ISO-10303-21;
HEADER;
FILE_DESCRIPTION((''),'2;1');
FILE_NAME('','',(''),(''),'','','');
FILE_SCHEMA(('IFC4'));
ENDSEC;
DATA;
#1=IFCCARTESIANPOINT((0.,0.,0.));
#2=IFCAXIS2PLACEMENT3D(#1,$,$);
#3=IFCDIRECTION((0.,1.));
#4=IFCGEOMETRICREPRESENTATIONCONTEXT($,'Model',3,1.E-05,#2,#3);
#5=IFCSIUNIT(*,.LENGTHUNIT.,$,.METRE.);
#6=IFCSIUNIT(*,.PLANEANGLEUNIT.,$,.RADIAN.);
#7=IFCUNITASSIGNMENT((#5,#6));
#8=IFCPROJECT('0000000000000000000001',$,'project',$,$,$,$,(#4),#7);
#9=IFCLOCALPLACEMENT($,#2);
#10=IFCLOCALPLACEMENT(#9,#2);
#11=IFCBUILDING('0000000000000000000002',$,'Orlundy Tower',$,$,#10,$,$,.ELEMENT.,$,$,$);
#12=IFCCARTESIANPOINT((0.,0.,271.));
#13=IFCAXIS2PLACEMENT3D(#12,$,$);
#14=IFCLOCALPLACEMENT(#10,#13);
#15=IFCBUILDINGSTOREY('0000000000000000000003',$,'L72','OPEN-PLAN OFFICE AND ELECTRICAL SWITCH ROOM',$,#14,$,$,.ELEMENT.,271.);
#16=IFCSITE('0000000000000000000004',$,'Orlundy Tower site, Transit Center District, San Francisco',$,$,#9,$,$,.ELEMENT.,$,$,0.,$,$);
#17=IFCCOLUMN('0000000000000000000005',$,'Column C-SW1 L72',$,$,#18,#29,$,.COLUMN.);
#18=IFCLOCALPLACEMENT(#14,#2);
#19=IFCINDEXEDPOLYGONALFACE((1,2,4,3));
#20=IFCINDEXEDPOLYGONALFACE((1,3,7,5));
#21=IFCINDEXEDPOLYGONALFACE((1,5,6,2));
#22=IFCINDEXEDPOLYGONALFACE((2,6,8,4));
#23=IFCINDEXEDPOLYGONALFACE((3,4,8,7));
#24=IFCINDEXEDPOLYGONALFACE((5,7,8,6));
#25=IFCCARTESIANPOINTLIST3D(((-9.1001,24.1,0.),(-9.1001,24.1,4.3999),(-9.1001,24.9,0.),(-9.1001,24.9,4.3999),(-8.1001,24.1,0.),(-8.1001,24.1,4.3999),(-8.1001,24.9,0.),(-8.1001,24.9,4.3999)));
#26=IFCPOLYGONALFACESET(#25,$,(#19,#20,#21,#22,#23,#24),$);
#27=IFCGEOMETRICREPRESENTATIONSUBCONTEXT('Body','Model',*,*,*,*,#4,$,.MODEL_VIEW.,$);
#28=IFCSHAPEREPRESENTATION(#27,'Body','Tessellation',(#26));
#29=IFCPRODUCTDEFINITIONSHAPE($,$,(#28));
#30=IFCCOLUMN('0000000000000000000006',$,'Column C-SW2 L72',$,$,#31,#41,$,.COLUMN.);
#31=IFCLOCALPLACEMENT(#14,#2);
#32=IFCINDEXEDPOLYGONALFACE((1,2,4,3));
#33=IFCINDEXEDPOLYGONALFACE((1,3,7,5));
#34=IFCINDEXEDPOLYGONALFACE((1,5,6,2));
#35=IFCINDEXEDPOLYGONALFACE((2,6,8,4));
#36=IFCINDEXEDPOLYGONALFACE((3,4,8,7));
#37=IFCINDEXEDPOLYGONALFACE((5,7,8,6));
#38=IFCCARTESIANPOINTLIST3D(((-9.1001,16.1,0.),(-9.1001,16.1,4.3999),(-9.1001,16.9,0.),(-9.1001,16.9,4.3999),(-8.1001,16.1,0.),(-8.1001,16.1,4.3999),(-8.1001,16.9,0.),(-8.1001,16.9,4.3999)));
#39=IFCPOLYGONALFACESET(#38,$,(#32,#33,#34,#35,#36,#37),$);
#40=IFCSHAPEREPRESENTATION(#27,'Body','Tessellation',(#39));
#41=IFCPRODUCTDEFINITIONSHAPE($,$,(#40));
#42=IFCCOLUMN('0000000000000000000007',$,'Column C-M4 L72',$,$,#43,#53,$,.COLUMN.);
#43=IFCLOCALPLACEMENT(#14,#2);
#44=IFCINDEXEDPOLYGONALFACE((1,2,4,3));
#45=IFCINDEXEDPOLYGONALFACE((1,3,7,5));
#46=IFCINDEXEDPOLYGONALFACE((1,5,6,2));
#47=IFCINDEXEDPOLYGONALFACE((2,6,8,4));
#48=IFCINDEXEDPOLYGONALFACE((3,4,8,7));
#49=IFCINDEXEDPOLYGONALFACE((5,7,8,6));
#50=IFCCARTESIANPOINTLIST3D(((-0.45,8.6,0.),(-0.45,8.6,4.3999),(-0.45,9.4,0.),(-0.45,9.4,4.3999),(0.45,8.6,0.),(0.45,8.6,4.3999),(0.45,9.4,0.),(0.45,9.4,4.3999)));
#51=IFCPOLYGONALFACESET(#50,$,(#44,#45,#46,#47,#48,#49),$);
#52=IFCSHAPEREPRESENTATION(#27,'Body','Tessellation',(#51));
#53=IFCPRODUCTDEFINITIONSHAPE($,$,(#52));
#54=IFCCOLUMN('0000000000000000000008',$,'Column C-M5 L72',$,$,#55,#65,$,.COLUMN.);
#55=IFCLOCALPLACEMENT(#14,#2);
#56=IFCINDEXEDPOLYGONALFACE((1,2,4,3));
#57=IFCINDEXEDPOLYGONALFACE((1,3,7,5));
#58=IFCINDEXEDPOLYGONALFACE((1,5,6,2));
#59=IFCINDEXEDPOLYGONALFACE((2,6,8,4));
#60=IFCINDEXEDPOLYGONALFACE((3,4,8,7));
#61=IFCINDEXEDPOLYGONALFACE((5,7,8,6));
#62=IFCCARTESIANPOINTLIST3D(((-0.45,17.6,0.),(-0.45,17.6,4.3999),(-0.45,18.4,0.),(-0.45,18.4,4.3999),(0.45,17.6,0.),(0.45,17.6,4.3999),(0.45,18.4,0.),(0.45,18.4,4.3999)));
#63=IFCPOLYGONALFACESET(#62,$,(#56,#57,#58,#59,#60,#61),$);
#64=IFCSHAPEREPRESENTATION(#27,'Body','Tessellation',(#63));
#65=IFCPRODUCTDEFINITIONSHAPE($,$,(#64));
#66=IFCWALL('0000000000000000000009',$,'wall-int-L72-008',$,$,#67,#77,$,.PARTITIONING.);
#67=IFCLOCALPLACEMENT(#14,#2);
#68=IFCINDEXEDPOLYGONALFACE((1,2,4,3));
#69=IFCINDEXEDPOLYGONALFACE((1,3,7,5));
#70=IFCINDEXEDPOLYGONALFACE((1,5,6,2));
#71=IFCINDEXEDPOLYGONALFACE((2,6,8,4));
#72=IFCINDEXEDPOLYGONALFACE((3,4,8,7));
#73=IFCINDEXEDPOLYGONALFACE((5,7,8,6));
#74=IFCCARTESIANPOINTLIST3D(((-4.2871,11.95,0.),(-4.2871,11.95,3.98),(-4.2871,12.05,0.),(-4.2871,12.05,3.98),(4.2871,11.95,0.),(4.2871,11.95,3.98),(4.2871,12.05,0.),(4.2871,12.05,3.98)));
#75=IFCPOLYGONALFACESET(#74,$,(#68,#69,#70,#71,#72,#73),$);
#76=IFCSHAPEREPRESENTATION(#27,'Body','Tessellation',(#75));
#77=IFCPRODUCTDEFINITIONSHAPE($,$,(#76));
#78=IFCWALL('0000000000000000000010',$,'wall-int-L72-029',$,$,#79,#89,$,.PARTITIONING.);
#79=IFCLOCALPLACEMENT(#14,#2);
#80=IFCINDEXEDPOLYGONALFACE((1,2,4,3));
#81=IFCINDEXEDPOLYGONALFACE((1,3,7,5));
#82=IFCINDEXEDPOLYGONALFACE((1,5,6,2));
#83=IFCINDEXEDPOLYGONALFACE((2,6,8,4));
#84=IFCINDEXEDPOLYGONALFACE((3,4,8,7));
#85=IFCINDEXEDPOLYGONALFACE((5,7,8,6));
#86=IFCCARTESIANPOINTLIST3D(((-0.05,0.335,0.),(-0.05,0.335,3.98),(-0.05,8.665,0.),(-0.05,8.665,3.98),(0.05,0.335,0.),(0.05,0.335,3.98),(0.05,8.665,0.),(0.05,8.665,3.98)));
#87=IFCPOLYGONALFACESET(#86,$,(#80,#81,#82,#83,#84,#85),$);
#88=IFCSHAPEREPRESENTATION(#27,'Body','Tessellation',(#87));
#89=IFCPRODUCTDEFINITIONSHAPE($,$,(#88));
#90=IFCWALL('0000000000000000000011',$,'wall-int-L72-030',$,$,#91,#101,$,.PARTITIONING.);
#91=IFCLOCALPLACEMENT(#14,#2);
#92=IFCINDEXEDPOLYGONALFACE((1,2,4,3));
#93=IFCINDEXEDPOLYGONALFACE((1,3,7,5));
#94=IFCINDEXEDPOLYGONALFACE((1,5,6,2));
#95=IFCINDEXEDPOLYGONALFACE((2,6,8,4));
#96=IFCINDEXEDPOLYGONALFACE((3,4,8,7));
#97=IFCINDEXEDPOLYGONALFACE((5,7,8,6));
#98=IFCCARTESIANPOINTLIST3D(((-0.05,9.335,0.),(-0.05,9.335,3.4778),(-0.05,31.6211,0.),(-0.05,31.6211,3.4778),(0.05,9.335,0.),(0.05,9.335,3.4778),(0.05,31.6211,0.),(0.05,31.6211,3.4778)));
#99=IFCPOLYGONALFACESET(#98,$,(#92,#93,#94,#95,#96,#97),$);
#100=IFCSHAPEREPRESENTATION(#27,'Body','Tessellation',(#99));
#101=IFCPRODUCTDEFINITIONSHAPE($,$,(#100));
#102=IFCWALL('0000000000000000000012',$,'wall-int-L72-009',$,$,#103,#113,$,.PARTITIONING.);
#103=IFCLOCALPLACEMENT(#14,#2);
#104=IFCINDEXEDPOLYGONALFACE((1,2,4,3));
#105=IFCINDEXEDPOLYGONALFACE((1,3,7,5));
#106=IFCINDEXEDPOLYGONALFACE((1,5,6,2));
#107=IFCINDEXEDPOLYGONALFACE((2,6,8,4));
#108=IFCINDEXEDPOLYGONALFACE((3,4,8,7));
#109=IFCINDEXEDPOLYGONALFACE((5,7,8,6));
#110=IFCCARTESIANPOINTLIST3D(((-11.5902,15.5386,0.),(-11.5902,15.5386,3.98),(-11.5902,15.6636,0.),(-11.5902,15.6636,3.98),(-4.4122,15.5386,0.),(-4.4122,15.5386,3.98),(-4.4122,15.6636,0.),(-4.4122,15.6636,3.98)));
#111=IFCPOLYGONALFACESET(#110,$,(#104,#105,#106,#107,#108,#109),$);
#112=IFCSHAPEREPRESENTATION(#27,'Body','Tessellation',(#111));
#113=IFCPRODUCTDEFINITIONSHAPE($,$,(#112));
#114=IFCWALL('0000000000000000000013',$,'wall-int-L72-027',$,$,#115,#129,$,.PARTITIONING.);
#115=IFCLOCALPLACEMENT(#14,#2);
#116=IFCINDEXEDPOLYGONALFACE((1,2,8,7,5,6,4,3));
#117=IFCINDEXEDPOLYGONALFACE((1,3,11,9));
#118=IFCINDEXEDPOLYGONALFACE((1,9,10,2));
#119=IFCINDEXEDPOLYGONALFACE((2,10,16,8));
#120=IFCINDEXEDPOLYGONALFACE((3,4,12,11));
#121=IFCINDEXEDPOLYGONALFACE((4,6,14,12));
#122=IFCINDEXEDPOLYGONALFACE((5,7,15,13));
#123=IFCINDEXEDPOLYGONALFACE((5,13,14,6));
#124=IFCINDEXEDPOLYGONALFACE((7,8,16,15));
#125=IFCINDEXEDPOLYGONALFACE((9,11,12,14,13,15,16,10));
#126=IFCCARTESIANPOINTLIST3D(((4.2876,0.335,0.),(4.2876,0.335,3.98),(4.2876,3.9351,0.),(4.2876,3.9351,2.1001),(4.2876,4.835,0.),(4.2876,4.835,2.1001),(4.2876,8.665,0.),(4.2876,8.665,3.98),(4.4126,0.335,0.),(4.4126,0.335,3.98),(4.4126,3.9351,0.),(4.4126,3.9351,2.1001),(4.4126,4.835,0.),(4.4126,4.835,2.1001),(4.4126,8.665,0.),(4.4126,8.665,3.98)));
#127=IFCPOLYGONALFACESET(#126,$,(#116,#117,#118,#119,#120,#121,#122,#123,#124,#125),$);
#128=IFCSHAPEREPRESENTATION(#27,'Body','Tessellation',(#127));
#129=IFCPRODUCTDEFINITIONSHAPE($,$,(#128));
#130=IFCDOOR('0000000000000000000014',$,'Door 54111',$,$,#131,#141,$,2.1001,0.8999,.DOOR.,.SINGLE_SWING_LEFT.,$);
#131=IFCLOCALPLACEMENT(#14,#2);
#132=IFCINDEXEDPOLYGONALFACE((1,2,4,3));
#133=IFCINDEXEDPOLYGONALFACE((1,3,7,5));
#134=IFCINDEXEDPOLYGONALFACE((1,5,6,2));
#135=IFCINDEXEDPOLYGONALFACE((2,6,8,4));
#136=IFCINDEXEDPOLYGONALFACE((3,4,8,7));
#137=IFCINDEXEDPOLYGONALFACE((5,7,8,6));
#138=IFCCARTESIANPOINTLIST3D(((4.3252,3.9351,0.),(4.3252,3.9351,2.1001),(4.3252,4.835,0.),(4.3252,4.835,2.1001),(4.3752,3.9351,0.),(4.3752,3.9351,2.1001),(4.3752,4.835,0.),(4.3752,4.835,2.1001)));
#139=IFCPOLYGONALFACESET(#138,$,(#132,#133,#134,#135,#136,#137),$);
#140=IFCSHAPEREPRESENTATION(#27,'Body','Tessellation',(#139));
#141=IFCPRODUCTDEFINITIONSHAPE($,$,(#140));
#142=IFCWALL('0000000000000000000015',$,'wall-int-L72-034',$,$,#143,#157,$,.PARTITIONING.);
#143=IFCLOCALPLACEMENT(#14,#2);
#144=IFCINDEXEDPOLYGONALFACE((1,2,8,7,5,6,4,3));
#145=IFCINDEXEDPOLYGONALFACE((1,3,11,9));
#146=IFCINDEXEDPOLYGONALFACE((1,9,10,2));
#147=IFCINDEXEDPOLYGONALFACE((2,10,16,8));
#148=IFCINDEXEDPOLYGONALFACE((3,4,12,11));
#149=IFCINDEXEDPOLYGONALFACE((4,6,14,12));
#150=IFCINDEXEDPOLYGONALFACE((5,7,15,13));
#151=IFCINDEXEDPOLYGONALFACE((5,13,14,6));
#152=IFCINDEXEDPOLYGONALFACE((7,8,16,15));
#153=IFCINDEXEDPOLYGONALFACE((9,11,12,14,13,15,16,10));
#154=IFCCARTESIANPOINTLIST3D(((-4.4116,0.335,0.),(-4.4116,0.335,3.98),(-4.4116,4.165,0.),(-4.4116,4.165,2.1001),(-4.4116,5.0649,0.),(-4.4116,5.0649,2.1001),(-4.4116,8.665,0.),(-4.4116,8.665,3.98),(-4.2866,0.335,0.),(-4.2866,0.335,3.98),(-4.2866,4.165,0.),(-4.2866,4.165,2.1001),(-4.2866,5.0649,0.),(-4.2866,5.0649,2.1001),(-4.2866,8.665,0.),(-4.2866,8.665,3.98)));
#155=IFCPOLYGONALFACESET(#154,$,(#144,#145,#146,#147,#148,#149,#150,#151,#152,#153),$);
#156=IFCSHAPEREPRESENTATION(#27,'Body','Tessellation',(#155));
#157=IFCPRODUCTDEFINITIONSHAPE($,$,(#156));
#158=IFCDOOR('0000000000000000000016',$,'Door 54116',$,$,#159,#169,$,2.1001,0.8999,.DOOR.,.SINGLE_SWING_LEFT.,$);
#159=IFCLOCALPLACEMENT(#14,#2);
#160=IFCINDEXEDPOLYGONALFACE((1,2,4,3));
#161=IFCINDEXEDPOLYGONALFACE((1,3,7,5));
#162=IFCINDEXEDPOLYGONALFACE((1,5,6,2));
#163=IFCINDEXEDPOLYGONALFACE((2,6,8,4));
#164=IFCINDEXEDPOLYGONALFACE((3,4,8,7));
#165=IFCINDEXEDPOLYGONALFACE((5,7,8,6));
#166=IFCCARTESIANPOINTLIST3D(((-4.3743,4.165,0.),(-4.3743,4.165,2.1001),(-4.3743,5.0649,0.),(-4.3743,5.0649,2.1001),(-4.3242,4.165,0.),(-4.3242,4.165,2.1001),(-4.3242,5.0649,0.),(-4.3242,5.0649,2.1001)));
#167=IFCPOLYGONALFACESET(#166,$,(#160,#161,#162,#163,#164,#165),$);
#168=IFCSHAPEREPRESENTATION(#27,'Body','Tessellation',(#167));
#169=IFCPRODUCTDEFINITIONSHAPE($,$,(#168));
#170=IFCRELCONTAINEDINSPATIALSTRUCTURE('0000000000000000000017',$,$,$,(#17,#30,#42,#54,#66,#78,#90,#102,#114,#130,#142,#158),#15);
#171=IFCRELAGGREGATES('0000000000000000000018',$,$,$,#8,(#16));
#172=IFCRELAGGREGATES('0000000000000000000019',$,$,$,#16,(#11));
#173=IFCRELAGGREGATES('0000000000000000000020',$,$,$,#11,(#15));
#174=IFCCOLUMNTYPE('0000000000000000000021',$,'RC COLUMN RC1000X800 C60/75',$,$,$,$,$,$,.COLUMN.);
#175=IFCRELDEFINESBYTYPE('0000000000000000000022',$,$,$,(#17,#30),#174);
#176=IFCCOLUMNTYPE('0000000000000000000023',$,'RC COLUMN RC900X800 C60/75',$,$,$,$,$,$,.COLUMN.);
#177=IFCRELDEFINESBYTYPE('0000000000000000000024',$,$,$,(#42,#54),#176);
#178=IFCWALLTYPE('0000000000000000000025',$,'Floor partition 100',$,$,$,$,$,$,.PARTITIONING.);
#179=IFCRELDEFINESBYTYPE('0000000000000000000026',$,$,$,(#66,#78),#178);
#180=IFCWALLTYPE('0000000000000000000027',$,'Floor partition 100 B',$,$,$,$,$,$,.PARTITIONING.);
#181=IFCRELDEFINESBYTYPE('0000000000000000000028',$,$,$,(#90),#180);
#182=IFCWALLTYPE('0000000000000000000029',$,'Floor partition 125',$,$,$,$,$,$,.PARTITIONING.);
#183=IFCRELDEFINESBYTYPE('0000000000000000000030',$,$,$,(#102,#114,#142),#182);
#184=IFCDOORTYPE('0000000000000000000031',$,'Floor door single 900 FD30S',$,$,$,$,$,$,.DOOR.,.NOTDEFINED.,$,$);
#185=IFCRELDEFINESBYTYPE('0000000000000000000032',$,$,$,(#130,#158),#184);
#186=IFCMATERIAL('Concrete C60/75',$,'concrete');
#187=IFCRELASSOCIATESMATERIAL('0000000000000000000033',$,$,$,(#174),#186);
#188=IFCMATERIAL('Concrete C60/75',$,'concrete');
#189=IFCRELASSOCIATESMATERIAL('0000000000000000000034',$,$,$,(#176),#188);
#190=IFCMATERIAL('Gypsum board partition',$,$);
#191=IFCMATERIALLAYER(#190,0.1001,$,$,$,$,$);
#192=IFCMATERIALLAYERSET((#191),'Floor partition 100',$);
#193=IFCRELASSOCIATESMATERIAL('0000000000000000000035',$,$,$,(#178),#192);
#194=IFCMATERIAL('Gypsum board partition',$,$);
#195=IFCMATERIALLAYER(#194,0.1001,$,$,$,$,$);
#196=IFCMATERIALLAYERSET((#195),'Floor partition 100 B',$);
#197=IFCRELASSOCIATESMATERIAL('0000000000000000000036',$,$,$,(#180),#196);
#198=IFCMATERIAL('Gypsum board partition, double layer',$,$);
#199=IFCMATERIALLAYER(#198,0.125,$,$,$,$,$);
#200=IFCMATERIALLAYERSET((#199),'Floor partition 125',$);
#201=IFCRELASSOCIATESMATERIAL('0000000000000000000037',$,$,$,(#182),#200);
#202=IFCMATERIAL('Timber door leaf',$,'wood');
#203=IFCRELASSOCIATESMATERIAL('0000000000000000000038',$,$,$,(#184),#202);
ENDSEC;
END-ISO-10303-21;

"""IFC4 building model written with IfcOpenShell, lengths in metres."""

from ifc_helpers import new_model, si_unit, direction, frame, frame_2d, origin, origin_2d, place, context, subcontext, project, spatial, rectangle, extrude, material, layer, layer_set, material_profile, profile_set, type_object, element, fill, save


model = new_model("IFC4")

# Units and contexts
model_context = context("Model", 3, precision=1e-05, world=origin(), true_north=direction((0.0, 1.0)))
body_context = subcontext(model_context, "Body", "Model", "MODEL_VIEW")
ifc_project = project(units=[si_unit("LENGTHUNIT", "METRE"), si_unit("PLANEANGLEUNIT", "RADIAN")], contexts=[model_context])

# Site, building, storey
site_placement = place(None, origin())
site = spatial("IfcSite", under=ifc_project, at=site_placement, Name="Orlundy Tower site, Transit Center District, San Francisco", CompositionType="ELEMENT", RefElevation=0.0)
building_placement = place(site_placement, origin())
building = spatial("IfcBuilding", under=site, at=building_placement, Name="Orlundy Tower", CompositionType="ELEMENT")
storey_placement = place(building_placement, frame((0.0, 0.0, 271.0)))
storey = spatial("IfcBuildingStorey", under=building, at=storey_placement, Name="L72", Description="OPEN-PLAN OFFICE AND ELECTRICAL SWITCH ROOM", CompositionType="ELEMENT", Elevation=271.0)

# Columns
ifc_material_1 = material(Name="Concrete C60/75", Category="concrete")
ifc_material_profile_1 = material_profile(ifc_material_1, rectangle(XDim=1.0, YDim=0.8, at=origin_2d()), Name="RC1000X800")
ifc_profile_set_1 = profile_set([ifc_material_profile_1], Name="Concrete C60/75")
column_type_1 = type_object("IfcColumnType", Name="RC COLUMN RC1000X800 C60/75", PredefinedType="COLUMN", material=ifc_profile_set_1)
for number, where, z_axis, x_axis, name in (
    (1, (-8.6001, 24.5, 0.0), (0.0, 0.0, 1.0), (1.0, 0.0, 0.0), "Column C-SW1 L72"),
    (2, (-8.6001, 16.5, 0.0), (0.0, 0.0, 1.0), (1.0, 0.0, 0.0), "Column C-SW2 L72"),
):
    element("IfcColumn", number, at=place(storey_placement, frame(where, z_axis=z_axis, x_axis=x_axis)), inside=storey, type_object=column_type_1, Name=name, PredefinedType="COLUMN", context=body_context, shape_type="SweptSolid", body=[
        extrude(rectangle(XDim=1.0, YDim=0.8, at=origin_2d()), origin(), (0.0, 0.0, 1.0), 4.3999),
    ])
ifc_material_2 = material(Name="Concrete C60/75", Category="concrete")
ifc_material_profile_2 = material_profile(ifc_material_2, rectangle(XDim=0.8999, YDim=0.8, at=origin_2d()), Name="RC900X800")
ifc_profile_set_2 = profile_set([ifc_material_profile_2], Name="Concrete C60/75")
column_type_2 = type_object("IfcColumnType", Name="RC COLUMN RC900X800 C60/75", PredefinedType="COLUMN", material=ifc_profile_set_2)
for number, where, z_axis, x_axis, name in (
    (3, (0.0, 9.0, 0.0), (0.0, 0.0, 1.0), (1.0, 0.0, 0.0), "Column C-M4 L72"),
    (4, (0.0, 18.0, 0.0), (0.0, 0.0, 1.0), (1.0, 0.0, 0.0), "Column C-M5 L72"),
):
    element("IfcColumn", number, at=place(storey_placement, frame(where, z_axis=z_axis, x_axis=x_axis)), inside=storey, type_object=column_type_2, Name=name, PredefinedType="COLUMN", context=body_context, shape_type="SweptSolid", body=[
        extrude(rectangle(XDim=0.8999, YDim=0.8, at=origin_2d()), origin(), (0.0, 0.0, 1.0), 4.3999),
    ])

# Walls
ifc_material_3 = material(Name="Gypsum board partition")
ifc_layer_1 = layer(ifc_material_3, 0.1001)
ifc_layer_set_1 = layer_set([ifc_layer_1], Name="Floor partition 100")
wall_type_1 = type_object("IfcWallType", Name="Floor partition 100", PredefinedType="PARTITIONING", material=ifc_layer_set_1)
wall_1_placement = place(storey_placement, frame((-4.2871, 12.0, 0.0), z_axis=(0.0, 0.0, 1.0), x_axis=(1.0, 0.0, 0.0)))
element("IfcWall", 5, at=wall_1_placement, inside=storey, type_object=wall_type_1, Name="wall-int-L72-008", PredefinedType="PARTITIONING", context=body_context, shape_type="SweptSolid", body=[
    extrude(rectangle(XDim=8.5742, YDim=0.1001, at=frame_2d((4.2871, 0.0))), origin(), (0.0, 0.0, 1.0), 3.98),
])
wall_2_placement = place(storey_placement, frame((0.0, 0.335, 0.0), z_axis=(0.0, 0.0, 1.0), x_axis=(0.0, 1.0, 0.0)))
element("IfcWall", 6, at=wall_2_placement, inside=storey, type_object=wall_type_1, Name="wall-int-L72-029", PredefinedType="PARTITIONING", context=body_context, shape_type="SweptSolid", body=[
    extrude(rectangle(XDim=8.3301, YDim=0.1001, at=frame_2d((4.165, 0.0))), origin(), (0.0, 0.0, 1.0), 3.98),
])
ifc_material_4 = material(Name="Gypsum board partition")
ifc_layer_2 = layer(ifc_material_4, 0.1001)
ifc_layer_set_2 = layer_set([ifc_layer_2], Name="Floor partition 100 B")
wall_type_2 = type_object("IfcWallType", Name="Floor partition 100 B", PredefinedType="PARTITIONING", material=ifc_layer_set_2)
wall_3_placement = place(storey_placement, frame((0.0, 9.335, 0.0), z_axis=(0.0, 0.0, 1.0), x_axis=(0.0, 1.0, 0.0)))
element("IfcWall", 7, at=wall_3_placement, inside=storey, type_object=wall_type_2, Name="wall-int-L72-030", PredefinedType="PARTITIONING", context=body_context, shape_type="SweptSolid", body=[
    extrude(rectangle(XDim=22.2861, YDim=0.1001, at=frame_2d((11.1431, 0.0))), origin(), (0.0, 0.0, 1.0), 3.4778),
])
ifc_material_5 = material(Name="Gypsum board partition, double layer")
ifc_layer_3 = layer(ifc_material_5, 0.125)
ifc_layer_set_3 = layer_set([ifc_layer_3], Name="Floor partition 125")
wall_type_3 = type_object("IfcWallType", Name="Floor partition 125", PredefinedType="PARTITIONING", material=ifc_layer_set_3)
wall_4_placement = place(storey_placement, frame((-11.5901, 15.6011, 0.0), z_axis=(0.0, 0.0, 1.0), x_axis=(1.0, 0.0, 0.0)))
element("IfcWall", 8, at=wall_4_placement, inside=storey, type_object=wall_type_3, Name="wall-int-L72-009", PredefinedType="PARTITIONING", context=body_context, shape_type="SweptSolid", body=[
    extrude(rectangle(XDim=7.178, YDim=0.125, at=frame_2d((3.5889, 0.0))), origin(), (0.0, 0.0, 1.0), 3.98),
])

# Walls, openings, doors
wall_5_placement = place(storey_placement, frame((4.3501, 0.335, 0.0), z_axis=(0.0, 0.0, 1.0), x_axis=(0.0, 1.0, 0.0)))
wall_5 = element("IfcWall", 9, at=wall_5_placement, inside=storey, type_object=wall_type_3, Name="wall-int-L72-027", PredefinedType="PARTITIONING", context=body_context, shape_type="SweptSolid", body=[
    extrude(rectangle(XDim=8.3301, YDim=0.125, at=frame_2d((4.165, 0.0))), origin(), (0.0, 0.0, 1.0), 3.98),
])
opening_1_placement = place(wall_5_placement, frame((3.6001, 0.0, 0.0)))
opening_1 = element("IfcOpeningElement", 10, at=opening_1_placement, cuts=wall_5, PredefinedType="OPENING", context=body_context, shape_type="SweptSolid", body=[
    extrude(rectangle(XDim=0.8999, YDim=2.1001, at=frame_2d((0.45, 1.05))), frame((0.0, 0.0725, 0.0), z_axis=(0.0, -1.0, 0.0), x_axis=(1.0, 0.0, 0.0)), (0.0, 0.0, 1.0), 0.145),
])
ifc_material_6 = material(Name="Timber door leaf", Category="wood")
door_type_1 = type_object("IfcDoorType", Name="Floor door single 900 FD30S", OperationType="NOTDEFINED", PredefinedType="DOOR", material=ifc_material_6)
door_1_placement = place(opening_1_placement, origin())
door_1 = element("IfcDoor", 11, at=door_1_placement, inside=storey, type_object=door_type_1, Name="Door 54111", OperationType="SINGLE_SWING_LEFT", OverallHeight=2.1001, OverallWidth=0.8999, PredefinedType="DOOR", context=body_context, shape_type="SweptSolid", body=[
    extrude(rectangle(XDim=0.8999, YDim=2.1001, at=frame_2d((0.45, 1.05))), frame((0.0, 0.0249, 0.0), z_axis=(0.0, -1.0, 0.0), x_axis=(1.0, 0.0, 0.0)), (0.0, 0.0, 1.0), 0.05),
])
fill(opening_1, door_1)
wall_6_placement = place(storey_placement, frame((-4.3491, 8.665, 0.0), z_axis=(0.0, 0.0, 1.0), x_axis=(0.0, -1.0, 0.0)))
wall_6 = element("IfcWall", 12, at=wall_6_placement, inside=storey, type_object=wall_type_3, Name="wall-int-L72-034", PredefinedType="PARTITIONING", context=body_context, shape_type="SweptSolid", body=[
    extrude(rectangle(XDim=8.3301, YDim=0.125, at=frame_2d((4.165, 0.0))), origin(), (0.0, 0.0, 1.0), 3.98),
])
opening_2_placement = place(wall_6_placement, frame((3.6001, 0.0, 0.0)))
opening_2 = element("IfcOpeningElement", 13, at=opening_2_placement, cuts=wall_6, PredefinedType="OPENING", context=body_context, shape_type="SweptSolid", body=[
    extrude(rectangle(XDim=0.8999, YDim=2.1001, at=frame_2d((0.45, 1.05))), frame((0.0, 0.0725, 0.0), z_axis=(0.0, -1.0, 0.0), x_axis=(1.0, 0.0, 0.0)), (0.0, 0.0, 1.0), 0.145),
])
door_2_placement = place(opening_2_placement, origin())
door_2 = element("IfcDoor", 14, at=door_2_placement, inside=storey, type_object=door_type_1, Name="Door 54116", OperationType="SINGLE_SWING_LEFT", OverallHeight=2.1001, OverallWidth=0.8999, PredefinedType="DOOR", context=body_context, shape_type="SweptSolid", body=[
    extrude(rectangle(XDim=0.8999, YDim=2.1001, at=frame_2d((0.45, 1.05))), frame((0.0, 0.0249, 0.0), z_axis=(0.0, -1.0, 0.0), x_axis=(1.0, 0.0, 0.0)), (0.0, 0.0, 1.0), 0.05),
])
fill(opening_2, door_2)

save(model, "model.ifc")
